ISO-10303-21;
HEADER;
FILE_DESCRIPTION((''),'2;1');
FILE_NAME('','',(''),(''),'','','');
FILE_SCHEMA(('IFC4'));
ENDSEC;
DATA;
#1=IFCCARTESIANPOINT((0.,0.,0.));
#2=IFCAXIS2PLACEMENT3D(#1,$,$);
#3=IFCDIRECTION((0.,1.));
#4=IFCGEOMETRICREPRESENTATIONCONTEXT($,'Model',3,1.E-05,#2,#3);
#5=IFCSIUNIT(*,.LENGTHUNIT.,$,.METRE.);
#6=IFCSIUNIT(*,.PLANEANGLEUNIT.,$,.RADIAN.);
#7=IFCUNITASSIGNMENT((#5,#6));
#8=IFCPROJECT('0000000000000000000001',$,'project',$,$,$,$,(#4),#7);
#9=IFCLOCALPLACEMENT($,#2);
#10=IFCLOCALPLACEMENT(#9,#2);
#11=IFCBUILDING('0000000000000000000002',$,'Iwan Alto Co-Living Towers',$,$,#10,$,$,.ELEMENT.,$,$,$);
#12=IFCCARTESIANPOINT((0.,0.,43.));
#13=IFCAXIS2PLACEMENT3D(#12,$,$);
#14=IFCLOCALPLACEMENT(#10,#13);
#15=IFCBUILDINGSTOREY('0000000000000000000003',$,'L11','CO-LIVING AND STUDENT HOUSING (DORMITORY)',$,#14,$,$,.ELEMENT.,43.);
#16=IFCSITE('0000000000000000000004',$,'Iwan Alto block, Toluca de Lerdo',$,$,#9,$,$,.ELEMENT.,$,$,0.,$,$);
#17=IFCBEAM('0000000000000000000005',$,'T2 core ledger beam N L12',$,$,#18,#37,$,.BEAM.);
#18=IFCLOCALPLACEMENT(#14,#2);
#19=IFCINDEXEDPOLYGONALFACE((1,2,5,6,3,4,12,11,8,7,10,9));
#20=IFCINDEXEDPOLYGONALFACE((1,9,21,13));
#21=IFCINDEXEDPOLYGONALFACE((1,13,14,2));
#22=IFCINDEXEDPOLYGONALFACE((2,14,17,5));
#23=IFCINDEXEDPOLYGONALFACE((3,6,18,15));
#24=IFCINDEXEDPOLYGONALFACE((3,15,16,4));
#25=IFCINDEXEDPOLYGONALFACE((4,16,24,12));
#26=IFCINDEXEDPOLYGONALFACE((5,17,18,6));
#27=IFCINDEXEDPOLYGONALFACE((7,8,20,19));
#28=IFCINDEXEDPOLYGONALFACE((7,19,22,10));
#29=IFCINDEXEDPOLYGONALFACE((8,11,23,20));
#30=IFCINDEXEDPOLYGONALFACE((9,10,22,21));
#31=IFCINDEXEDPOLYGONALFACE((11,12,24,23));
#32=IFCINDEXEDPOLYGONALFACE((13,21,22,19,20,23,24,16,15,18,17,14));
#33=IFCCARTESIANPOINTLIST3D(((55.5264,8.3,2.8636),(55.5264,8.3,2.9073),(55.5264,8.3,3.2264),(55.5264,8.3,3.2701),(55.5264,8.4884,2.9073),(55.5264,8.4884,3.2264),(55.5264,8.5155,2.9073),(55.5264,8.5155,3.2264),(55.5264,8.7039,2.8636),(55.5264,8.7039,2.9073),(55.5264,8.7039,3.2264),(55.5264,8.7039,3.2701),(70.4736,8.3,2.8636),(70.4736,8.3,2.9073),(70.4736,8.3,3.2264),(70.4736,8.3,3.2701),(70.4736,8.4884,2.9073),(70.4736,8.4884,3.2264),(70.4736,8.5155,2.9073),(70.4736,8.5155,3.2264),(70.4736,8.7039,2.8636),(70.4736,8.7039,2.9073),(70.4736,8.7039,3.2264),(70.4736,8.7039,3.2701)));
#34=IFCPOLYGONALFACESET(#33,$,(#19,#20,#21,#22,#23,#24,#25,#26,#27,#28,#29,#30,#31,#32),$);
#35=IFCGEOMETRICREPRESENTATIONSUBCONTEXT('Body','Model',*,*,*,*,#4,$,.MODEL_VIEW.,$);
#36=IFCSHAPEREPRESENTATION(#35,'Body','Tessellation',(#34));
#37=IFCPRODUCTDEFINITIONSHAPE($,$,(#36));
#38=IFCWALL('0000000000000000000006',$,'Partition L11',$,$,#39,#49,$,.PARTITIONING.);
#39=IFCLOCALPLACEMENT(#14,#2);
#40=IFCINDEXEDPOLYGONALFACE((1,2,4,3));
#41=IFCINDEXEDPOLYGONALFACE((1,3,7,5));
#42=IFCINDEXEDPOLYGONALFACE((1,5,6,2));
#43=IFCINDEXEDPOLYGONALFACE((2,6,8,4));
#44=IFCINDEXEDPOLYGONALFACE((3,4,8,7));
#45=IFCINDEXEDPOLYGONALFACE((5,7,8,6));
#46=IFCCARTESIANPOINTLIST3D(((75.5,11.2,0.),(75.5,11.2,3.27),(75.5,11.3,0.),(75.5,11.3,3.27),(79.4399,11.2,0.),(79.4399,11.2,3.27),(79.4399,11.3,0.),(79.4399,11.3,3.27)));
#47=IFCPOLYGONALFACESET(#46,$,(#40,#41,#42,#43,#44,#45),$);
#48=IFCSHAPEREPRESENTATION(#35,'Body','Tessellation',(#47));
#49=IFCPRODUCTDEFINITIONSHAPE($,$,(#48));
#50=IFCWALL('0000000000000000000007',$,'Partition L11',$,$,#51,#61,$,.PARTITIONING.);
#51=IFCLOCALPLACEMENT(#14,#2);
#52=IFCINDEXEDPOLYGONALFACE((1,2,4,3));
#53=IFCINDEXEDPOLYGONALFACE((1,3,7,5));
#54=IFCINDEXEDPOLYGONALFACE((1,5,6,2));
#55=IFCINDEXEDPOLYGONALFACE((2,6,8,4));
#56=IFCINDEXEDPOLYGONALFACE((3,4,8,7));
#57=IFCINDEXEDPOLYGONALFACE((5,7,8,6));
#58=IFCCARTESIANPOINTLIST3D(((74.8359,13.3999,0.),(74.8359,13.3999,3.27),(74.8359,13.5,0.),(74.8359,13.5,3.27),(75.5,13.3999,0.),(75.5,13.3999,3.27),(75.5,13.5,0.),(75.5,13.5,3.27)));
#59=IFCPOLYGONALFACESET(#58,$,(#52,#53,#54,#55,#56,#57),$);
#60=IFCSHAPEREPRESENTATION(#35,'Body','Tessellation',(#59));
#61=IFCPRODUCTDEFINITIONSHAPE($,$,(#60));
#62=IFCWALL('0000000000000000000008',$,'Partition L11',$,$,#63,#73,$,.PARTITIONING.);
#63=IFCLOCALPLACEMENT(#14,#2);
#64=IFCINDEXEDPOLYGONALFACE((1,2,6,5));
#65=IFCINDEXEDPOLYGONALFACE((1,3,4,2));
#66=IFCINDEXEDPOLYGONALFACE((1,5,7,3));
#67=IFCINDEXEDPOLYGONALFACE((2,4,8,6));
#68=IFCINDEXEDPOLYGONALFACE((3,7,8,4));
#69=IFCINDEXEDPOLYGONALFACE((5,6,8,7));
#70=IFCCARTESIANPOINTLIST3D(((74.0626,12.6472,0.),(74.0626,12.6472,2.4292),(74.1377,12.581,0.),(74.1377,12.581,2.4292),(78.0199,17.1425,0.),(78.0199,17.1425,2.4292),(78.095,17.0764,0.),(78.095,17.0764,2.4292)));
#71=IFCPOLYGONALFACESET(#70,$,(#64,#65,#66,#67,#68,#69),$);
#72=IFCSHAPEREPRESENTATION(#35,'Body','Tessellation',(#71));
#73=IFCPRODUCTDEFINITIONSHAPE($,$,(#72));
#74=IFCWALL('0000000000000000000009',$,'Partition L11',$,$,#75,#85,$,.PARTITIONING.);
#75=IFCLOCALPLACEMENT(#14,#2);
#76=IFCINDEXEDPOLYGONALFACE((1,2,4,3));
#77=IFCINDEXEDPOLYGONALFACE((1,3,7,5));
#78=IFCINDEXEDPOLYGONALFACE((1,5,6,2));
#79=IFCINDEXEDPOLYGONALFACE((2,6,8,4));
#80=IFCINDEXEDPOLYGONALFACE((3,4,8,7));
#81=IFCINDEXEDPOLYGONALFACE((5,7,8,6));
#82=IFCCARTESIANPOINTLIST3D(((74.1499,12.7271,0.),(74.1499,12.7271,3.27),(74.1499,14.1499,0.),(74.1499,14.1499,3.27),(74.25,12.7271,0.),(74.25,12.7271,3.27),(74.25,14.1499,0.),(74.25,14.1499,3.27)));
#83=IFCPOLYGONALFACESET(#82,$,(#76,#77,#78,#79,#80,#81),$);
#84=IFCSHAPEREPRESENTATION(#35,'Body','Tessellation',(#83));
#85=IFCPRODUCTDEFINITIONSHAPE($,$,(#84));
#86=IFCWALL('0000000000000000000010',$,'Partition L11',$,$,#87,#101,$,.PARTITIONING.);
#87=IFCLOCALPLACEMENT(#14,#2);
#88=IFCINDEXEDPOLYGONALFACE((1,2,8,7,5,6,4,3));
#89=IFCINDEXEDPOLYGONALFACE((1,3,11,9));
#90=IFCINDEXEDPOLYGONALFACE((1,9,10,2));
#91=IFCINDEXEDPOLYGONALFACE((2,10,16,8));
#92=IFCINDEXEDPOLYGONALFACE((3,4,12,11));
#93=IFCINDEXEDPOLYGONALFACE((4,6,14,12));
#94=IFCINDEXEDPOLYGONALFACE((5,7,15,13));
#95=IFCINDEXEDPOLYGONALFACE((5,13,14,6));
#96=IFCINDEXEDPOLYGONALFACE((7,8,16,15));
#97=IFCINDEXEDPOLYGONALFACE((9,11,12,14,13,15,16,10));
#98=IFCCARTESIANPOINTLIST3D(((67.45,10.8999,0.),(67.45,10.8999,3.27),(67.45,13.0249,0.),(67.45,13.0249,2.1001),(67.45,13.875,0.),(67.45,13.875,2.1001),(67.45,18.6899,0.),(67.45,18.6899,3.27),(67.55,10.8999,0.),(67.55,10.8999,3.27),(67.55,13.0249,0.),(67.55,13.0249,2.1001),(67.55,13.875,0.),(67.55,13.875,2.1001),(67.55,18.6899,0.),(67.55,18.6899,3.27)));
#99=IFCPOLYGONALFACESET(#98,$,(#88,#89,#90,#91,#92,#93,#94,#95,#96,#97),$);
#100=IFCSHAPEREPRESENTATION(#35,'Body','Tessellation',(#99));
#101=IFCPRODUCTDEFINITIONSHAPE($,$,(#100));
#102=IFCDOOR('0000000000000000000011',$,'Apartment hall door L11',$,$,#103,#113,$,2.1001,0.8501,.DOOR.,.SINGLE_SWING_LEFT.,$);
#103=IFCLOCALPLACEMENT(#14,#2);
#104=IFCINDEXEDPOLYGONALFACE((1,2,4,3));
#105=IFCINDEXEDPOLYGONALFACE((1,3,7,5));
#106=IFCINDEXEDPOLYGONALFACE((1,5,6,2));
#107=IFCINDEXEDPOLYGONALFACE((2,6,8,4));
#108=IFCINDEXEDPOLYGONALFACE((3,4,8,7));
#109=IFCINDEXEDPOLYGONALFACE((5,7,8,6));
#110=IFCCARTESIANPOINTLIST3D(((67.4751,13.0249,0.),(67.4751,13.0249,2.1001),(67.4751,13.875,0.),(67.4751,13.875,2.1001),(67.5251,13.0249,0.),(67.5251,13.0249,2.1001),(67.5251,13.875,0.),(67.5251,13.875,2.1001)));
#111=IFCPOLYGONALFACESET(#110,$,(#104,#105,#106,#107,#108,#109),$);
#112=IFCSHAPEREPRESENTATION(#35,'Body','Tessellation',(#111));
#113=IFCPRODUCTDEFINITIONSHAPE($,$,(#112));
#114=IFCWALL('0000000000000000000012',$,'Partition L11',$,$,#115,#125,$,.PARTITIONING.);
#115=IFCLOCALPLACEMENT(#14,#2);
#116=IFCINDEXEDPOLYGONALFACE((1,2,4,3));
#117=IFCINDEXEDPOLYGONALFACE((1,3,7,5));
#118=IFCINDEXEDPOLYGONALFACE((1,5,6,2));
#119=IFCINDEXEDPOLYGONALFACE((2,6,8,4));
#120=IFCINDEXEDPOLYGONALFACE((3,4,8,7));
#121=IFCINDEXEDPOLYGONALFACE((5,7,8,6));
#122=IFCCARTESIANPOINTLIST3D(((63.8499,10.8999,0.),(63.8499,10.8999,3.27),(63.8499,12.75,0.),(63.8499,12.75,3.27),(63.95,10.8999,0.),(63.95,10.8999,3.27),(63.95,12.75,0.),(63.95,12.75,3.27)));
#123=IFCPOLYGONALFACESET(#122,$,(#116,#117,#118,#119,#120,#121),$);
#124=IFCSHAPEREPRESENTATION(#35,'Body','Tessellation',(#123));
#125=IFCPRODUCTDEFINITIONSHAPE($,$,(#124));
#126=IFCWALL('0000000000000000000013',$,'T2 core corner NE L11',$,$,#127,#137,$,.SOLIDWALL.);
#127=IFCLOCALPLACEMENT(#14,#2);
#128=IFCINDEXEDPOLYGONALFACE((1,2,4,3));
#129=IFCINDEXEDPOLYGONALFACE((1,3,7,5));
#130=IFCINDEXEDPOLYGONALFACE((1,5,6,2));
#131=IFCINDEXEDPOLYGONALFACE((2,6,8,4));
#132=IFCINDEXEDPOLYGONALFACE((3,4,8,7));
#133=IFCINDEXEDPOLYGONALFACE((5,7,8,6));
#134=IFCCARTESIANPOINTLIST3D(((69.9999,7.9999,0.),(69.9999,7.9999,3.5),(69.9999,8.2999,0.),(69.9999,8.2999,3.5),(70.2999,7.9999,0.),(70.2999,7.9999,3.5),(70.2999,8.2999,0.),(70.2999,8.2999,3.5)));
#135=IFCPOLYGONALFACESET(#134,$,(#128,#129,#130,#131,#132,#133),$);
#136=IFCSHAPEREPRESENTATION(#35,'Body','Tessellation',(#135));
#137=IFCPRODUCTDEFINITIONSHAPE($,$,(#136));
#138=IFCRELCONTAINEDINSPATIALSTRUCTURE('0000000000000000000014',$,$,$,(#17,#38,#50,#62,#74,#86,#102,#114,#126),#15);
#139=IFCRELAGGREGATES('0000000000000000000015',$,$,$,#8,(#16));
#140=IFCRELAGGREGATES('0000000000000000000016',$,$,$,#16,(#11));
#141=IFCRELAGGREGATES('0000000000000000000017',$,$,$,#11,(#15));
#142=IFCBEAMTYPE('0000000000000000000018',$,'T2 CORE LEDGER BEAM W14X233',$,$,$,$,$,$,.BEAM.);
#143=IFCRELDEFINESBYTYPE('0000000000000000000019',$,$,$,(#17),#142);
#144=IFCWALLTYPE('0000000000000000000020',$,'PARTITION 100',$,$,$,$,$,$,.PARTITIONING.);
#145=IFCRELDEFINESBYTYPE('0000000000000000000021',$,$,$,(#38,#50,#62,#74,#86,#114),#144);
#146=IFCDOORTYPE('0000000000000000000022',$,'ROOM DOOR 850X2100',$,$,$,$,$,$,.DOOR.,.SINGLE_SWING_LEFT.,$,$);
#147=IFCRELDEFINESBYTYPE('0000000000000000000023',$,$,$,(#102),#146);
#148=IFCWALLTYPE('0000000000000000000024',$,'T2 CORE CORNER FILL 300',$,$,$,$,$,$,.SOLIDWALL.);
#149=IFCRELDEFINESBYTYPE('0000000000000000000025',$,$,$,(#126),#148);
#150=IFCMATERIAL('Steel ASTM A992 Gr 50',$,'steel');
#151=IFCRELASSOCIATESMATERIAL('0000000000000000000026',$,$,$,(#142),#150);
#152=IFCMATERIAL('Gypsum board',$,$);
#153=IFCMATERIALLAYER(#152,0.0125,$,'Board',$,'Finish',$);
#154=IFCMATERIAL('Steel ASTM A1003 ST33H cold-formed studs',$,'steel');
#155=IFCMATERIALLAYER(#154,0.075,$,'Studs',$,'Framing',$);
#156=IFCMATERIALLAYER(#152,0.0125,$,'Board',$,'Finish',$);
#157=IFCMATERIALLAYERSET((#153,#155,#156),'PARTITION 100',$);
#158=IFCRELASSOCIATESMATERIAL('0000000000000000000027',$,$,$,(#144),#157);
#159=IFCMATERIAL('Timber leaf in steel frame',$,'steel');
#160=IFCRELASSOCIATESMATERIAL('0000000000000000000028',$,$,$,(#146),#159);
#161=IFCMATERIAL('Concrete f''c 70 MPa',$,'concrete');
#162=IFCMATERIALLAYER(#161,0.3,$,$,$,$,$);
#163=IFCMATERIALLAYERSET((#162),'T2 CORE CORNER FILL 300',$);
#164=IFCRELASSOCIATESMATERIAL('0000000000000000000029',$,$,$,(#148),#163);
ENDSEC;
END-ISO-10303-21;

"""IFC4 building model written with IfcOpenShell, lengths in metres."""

from ifc_helpers import new_model, si_unit, direction, frame, frame_2d, origin, origin_2d, place, context, subcontext, project, spatial, rectangle, i_section, extrude, material, layer, layer_set, material_profile, profile_set, type_object, element, fill, save


model = new_model("IFC4")

# Units and contexts
model_context = context("Model", 3, precision=1e-05, world=origin(), true_north=direction((0.0, 1.0)))
body_context = subcontext(model_context, "Body", "Model", "MODEL_VIEW")
ifc_project = project(units=[si_unit("LENGTHUNIT", "METRE"), si_unit("PLANEANGLEUNIT", "RADIAN")], contexts=[model_context])

# Site, building, storey
site_placement = place(None, origin())
site = spatial("IfcSite", under=ifc_project, at=site_placement, Name="Iwan Alto block, Toluca de Lerdo", CompositionType="ELEMENT", RefElevation=0.0)
building_placement = place(site_placement, origin())
building = spatial("IfcBuilding", under=site, at=building_placement, Name="Iwan Alto Co-Living Towers", CompositionType="ELEMENT")
storey_placement = place(building_placement, frame((0.0, 0.0, 43.0)))
storey = spatial("IfcBuildingStorey", under=building, at=storey_placement, Name="L11", Description="CO-LIVING AND STUDENT HOUSING (DORMITORY)", CompositionType="ELEMENT", Elevation=43.0)

# Beam
ifc_material_1 = material(Name="Steel ASTM A992 Gr 50", Category="steel")
ifc_material_profile = material_profile(ifc_material_1, i_section(OverallWidth=0.4038, OverallDepth=0.4065, WebThickness=0.0271, FlangeThickness=0.0437, at=origin_2d()), Name="W14X233")
ifc_profile_set = profile_set([ifc_material_profile], Name="Steel ASTM A992 Gr 50")
beam_type = type_object("IfcBeamType", Name="T2 CORE LEDGER BEAM W14X233", PredefinedType="BEAM", material=ifc_profile_set)
beam_placement = place(storey_placement, frame((70.4736, 8.502, 3.0669), z_axis=(-1.0, 0.0, 0.0), x_axis=(0.0, -1.0, 0.0)))
element("IfcBeam", 1, at=beam_placement, inside=storey, type_object=beam_type, Name="T2 core ledger beam N L12", PredefinedType="BEAM", context=body_context, shape_type="SweptSolid", body=[
    extrude(i_section(OverallWidth=0.4038, OverallDepth=0.4065, WebThickness=0.0271, FlangeThickness=0.0437, at=origin_2d()), origin(), (0.0, 0.0, 1.0), 14.9473),
])

# Walls
ifc_material_2 = material(Name="Gypsum board")
ifc_layer_1 = layer(ifc_material_2, 0.0125, Name="Board", Category="Finish")
ifc_material_3 = material(Name="Steel ASTM A1003 ST33H cold-formed studs", Category="steel")
ifc_layer_2 = layer(ifc_material_3, 0.075, Name="Studs", Category="Framing")
ifc_layer_3 = layer(ifc_material_2, 0.0125, Name="Board", Category="Finish")
ifc_layer_set_1 = layer_set([ifc_layer_1, ifc_layer_2, ifc_layer_3], Name="PARTITION 100")
wall_type_1 = type_object("IfcWallType", Name="PARTITION 100", PredefinedType="PARTITIONING", material=ifc_layer_set_1)
wall_1_placement = place(storey_placement, frame((75.5, 11.25, 0.0), z_axis=(0.0, 0.0, 1.0), x_axis=(1.0, 0.0, 0.0)))
element("IfcWall", 2, at=wall_1_placement, inside=storey, type_object=wall_type_1, Name="Partition L11", PredefinedType="PARTITIONING", context=body_context, shape_type="SweptSolid", body=[
    extrude(rectangle(XDim=3.9399, YDim=0.1001, at=frame_2d((1.97, 0.0))), origin(), (0.0, 0.0, 1.0), 3.27),
])
wall_2_placement = place(storey_placement, frame((74.8359, 13.45, 0.0), z_axis=(0.0, 0.0, 1.0), x_axis=(1.0, 0.0, 0.0)))
element("IfcWall", 3, at=wall_2_placement, inside=storey, type_object=wall_type_1, Name="Partition L11", PredefinedType="PARTITIONING", context=body_context, shape_type="SweptSolid", body=[
    extrude(rectangle(XDim=0.6641, YDim=0.1001, at=frame_2d((0.332, 0.0))), origin(), (0.0, 0.0, 1.0), 3.27),
])
wall_3_placement = place(storey_placement, frame((74.1001, 12.614, 0.0), z_axis=(0.0, 0.0, 1.0), x_axis=(0.660756, 0.750601, 0.0)))
element("IfcWall", 4, at=wall_3_placement, inside=storey, type_object=wall_type_1, Name="Partition L11", PredefinedType="PARTITIONING", context=body_context, shape_type="SweptSolid", body=[
    extrude(rectangle(XDim=5.989, YDim=0.1001, at=frame_2d((2.9946, 0.0))), origin(), (0.0, 0.0, 1.0), 2.4292),
])
wall_4_placement = place(storey_placement, frame((74.2, 12.7271, 0.0), z_axis=(0.0, 0.0, 1.0), x_axis=(0.0, 1.0, 0.0)))
element("IfcWall", 5, at=wall_4_placement, inside=storey, type_object=wall_type_1, Name="Partition L11", PredefinedType="PARTITIONING", context=body_context, shape_type="SweptSolid", body=[
    extrude(rectangle(XDim=1.4229, YDim=0.1001, at=frame_2d((0.7114, 0.0))), origin(), (0.0, 0.0, 1.0), 3.27),
])

# Wall, opening, door
wall_5_placement = place(storey_placement, frame((67.5, 10.8999, 0.0), z_axis=(0.0, 0.0, 1.0), x_axis=(0.0, 1.0, 0.0)))
wall_5 = element("IfcWall", 6, at=wall_5_placement, inside=storey, type_object=wall_type_1, Name="Partition L11", PredefinedType="PARTITIONING", context=body_context, shape_type="SweptSolid", body=[
    extrude(rectangle(XDim=7.79, YDim=0.1001, at=frame_2d((3.895, 0.0))), origin(), (0.0, 0.0, 1.0), 3.27),
])
opening_1_placement = place(wall_5_placement, frame((2.125, 0.0, 0.0)))
opening_1 = element("IfcOpeningElement", 7, at=opening_1_placement, cuts=wall_5, PredefinedType="OPENING", context=body_context, shape_type="SweptSolid", body=[
    extrude(rectangle(XDim=0.8501, YDim=2.1001, at=frame_2d((0.425, 1.05))), frame((0.0, 0.0601, 0.0), z_axis=(0.0, -1.0, 0.0), x_axis=(1.0, 0.0, 0.0)), (0.0, 0.0, 1.0), 0.1201),
])
ifc_material_4 = material(Name="Timber leaf in steel frame", Category="steel")
door_type = type_object("IfcDoorType", Name="ROOM DOOR 850X2100", OperationType="SINGLE_SWING_LEFT", PredefinedType="DOOR", material=ifc_material_4)
door_1_placement = place(opening_1_placement, origin())
door_1 = element("IfcDoor", 8, at=door_1_placement, inside=storey, type_object=door_type, Name="Apartment hall door L11", OperationType="SINGLE_SWING_LEFT", OverallHeight=2.1001, OverallWidth=0.8501, PredefinedType="DOOR", context=body_context, shape_type="SweptSolid", body=[
    extrude(rectangle(XDim=0.8501, YDim=2.1001, at=frame_2d((0.425, 1.05))), frame((0.0, 0.0249, 0.0), z_axis=(0.0, -1.0, 0.0), x_axis=(1.0, 0.0, 0.0)), (0.0, 0.0, 1.0), 0.05),
])
fill(opening_1, door_1)

# Walls
wall_6_placement = place(storey_placement, frame((63.8999, 10.8999, 0.0), z_axis=(0.0, 0.0, 1.0), x_axis=(0.0, 1.0, 0.0)))
element("IfcWall", 9, at=wall_6_placement, inside=storey, type_object=wall_type_1, Name="Partition L11", PredefinedType="PARTITIONING", context=body_context, shape_type="SweptSolid", body=[
    extrude(rectangle(XDim=1.8501, YDim=0.1001, at=frame_2d((0.925, 0.0))), origin(), (0.0, 0.0, 1.0), 3.27),
])
ifc_material_5 = material(Name="Concrete f'c 70 MPa", Category="concrete")
ifc_layer_4 = layer(ifc_material_5, 0.3)
ifc_layer_set_2 = layer_set([ifc_layer_4], Name="T2 CORE CORNER FILL 300")
wall_type_2 = type_object("IfcWallType", Name="T2 CORE CORNER FILL 300", PredefinedType="SOLIDWALL", material=ifc_layer_set_2)
wall_7_placement = place(storey_placement, frame((70.0, 8.1499, 0.0), z_axis=(0.0, 0.0, 1.0), x_axis=(1.0, 0.0, 0.0)))
element("IfcWall", 10, at=wall_7_placement, inside=storey, type_object=wall_type_2, Name="T2 core corner NE L11", PredefinedType="SOLIDWALL", context=body_context, shape_type="SweptSolid", body=[
    extrude(rectangle(XDim=0.3, YDim=0.3, at=frame_2d((0.1499, 0.0))), origin(), (0.0, 0.0, 1.0), 3.5),
])

save(model, "model.ifc")
